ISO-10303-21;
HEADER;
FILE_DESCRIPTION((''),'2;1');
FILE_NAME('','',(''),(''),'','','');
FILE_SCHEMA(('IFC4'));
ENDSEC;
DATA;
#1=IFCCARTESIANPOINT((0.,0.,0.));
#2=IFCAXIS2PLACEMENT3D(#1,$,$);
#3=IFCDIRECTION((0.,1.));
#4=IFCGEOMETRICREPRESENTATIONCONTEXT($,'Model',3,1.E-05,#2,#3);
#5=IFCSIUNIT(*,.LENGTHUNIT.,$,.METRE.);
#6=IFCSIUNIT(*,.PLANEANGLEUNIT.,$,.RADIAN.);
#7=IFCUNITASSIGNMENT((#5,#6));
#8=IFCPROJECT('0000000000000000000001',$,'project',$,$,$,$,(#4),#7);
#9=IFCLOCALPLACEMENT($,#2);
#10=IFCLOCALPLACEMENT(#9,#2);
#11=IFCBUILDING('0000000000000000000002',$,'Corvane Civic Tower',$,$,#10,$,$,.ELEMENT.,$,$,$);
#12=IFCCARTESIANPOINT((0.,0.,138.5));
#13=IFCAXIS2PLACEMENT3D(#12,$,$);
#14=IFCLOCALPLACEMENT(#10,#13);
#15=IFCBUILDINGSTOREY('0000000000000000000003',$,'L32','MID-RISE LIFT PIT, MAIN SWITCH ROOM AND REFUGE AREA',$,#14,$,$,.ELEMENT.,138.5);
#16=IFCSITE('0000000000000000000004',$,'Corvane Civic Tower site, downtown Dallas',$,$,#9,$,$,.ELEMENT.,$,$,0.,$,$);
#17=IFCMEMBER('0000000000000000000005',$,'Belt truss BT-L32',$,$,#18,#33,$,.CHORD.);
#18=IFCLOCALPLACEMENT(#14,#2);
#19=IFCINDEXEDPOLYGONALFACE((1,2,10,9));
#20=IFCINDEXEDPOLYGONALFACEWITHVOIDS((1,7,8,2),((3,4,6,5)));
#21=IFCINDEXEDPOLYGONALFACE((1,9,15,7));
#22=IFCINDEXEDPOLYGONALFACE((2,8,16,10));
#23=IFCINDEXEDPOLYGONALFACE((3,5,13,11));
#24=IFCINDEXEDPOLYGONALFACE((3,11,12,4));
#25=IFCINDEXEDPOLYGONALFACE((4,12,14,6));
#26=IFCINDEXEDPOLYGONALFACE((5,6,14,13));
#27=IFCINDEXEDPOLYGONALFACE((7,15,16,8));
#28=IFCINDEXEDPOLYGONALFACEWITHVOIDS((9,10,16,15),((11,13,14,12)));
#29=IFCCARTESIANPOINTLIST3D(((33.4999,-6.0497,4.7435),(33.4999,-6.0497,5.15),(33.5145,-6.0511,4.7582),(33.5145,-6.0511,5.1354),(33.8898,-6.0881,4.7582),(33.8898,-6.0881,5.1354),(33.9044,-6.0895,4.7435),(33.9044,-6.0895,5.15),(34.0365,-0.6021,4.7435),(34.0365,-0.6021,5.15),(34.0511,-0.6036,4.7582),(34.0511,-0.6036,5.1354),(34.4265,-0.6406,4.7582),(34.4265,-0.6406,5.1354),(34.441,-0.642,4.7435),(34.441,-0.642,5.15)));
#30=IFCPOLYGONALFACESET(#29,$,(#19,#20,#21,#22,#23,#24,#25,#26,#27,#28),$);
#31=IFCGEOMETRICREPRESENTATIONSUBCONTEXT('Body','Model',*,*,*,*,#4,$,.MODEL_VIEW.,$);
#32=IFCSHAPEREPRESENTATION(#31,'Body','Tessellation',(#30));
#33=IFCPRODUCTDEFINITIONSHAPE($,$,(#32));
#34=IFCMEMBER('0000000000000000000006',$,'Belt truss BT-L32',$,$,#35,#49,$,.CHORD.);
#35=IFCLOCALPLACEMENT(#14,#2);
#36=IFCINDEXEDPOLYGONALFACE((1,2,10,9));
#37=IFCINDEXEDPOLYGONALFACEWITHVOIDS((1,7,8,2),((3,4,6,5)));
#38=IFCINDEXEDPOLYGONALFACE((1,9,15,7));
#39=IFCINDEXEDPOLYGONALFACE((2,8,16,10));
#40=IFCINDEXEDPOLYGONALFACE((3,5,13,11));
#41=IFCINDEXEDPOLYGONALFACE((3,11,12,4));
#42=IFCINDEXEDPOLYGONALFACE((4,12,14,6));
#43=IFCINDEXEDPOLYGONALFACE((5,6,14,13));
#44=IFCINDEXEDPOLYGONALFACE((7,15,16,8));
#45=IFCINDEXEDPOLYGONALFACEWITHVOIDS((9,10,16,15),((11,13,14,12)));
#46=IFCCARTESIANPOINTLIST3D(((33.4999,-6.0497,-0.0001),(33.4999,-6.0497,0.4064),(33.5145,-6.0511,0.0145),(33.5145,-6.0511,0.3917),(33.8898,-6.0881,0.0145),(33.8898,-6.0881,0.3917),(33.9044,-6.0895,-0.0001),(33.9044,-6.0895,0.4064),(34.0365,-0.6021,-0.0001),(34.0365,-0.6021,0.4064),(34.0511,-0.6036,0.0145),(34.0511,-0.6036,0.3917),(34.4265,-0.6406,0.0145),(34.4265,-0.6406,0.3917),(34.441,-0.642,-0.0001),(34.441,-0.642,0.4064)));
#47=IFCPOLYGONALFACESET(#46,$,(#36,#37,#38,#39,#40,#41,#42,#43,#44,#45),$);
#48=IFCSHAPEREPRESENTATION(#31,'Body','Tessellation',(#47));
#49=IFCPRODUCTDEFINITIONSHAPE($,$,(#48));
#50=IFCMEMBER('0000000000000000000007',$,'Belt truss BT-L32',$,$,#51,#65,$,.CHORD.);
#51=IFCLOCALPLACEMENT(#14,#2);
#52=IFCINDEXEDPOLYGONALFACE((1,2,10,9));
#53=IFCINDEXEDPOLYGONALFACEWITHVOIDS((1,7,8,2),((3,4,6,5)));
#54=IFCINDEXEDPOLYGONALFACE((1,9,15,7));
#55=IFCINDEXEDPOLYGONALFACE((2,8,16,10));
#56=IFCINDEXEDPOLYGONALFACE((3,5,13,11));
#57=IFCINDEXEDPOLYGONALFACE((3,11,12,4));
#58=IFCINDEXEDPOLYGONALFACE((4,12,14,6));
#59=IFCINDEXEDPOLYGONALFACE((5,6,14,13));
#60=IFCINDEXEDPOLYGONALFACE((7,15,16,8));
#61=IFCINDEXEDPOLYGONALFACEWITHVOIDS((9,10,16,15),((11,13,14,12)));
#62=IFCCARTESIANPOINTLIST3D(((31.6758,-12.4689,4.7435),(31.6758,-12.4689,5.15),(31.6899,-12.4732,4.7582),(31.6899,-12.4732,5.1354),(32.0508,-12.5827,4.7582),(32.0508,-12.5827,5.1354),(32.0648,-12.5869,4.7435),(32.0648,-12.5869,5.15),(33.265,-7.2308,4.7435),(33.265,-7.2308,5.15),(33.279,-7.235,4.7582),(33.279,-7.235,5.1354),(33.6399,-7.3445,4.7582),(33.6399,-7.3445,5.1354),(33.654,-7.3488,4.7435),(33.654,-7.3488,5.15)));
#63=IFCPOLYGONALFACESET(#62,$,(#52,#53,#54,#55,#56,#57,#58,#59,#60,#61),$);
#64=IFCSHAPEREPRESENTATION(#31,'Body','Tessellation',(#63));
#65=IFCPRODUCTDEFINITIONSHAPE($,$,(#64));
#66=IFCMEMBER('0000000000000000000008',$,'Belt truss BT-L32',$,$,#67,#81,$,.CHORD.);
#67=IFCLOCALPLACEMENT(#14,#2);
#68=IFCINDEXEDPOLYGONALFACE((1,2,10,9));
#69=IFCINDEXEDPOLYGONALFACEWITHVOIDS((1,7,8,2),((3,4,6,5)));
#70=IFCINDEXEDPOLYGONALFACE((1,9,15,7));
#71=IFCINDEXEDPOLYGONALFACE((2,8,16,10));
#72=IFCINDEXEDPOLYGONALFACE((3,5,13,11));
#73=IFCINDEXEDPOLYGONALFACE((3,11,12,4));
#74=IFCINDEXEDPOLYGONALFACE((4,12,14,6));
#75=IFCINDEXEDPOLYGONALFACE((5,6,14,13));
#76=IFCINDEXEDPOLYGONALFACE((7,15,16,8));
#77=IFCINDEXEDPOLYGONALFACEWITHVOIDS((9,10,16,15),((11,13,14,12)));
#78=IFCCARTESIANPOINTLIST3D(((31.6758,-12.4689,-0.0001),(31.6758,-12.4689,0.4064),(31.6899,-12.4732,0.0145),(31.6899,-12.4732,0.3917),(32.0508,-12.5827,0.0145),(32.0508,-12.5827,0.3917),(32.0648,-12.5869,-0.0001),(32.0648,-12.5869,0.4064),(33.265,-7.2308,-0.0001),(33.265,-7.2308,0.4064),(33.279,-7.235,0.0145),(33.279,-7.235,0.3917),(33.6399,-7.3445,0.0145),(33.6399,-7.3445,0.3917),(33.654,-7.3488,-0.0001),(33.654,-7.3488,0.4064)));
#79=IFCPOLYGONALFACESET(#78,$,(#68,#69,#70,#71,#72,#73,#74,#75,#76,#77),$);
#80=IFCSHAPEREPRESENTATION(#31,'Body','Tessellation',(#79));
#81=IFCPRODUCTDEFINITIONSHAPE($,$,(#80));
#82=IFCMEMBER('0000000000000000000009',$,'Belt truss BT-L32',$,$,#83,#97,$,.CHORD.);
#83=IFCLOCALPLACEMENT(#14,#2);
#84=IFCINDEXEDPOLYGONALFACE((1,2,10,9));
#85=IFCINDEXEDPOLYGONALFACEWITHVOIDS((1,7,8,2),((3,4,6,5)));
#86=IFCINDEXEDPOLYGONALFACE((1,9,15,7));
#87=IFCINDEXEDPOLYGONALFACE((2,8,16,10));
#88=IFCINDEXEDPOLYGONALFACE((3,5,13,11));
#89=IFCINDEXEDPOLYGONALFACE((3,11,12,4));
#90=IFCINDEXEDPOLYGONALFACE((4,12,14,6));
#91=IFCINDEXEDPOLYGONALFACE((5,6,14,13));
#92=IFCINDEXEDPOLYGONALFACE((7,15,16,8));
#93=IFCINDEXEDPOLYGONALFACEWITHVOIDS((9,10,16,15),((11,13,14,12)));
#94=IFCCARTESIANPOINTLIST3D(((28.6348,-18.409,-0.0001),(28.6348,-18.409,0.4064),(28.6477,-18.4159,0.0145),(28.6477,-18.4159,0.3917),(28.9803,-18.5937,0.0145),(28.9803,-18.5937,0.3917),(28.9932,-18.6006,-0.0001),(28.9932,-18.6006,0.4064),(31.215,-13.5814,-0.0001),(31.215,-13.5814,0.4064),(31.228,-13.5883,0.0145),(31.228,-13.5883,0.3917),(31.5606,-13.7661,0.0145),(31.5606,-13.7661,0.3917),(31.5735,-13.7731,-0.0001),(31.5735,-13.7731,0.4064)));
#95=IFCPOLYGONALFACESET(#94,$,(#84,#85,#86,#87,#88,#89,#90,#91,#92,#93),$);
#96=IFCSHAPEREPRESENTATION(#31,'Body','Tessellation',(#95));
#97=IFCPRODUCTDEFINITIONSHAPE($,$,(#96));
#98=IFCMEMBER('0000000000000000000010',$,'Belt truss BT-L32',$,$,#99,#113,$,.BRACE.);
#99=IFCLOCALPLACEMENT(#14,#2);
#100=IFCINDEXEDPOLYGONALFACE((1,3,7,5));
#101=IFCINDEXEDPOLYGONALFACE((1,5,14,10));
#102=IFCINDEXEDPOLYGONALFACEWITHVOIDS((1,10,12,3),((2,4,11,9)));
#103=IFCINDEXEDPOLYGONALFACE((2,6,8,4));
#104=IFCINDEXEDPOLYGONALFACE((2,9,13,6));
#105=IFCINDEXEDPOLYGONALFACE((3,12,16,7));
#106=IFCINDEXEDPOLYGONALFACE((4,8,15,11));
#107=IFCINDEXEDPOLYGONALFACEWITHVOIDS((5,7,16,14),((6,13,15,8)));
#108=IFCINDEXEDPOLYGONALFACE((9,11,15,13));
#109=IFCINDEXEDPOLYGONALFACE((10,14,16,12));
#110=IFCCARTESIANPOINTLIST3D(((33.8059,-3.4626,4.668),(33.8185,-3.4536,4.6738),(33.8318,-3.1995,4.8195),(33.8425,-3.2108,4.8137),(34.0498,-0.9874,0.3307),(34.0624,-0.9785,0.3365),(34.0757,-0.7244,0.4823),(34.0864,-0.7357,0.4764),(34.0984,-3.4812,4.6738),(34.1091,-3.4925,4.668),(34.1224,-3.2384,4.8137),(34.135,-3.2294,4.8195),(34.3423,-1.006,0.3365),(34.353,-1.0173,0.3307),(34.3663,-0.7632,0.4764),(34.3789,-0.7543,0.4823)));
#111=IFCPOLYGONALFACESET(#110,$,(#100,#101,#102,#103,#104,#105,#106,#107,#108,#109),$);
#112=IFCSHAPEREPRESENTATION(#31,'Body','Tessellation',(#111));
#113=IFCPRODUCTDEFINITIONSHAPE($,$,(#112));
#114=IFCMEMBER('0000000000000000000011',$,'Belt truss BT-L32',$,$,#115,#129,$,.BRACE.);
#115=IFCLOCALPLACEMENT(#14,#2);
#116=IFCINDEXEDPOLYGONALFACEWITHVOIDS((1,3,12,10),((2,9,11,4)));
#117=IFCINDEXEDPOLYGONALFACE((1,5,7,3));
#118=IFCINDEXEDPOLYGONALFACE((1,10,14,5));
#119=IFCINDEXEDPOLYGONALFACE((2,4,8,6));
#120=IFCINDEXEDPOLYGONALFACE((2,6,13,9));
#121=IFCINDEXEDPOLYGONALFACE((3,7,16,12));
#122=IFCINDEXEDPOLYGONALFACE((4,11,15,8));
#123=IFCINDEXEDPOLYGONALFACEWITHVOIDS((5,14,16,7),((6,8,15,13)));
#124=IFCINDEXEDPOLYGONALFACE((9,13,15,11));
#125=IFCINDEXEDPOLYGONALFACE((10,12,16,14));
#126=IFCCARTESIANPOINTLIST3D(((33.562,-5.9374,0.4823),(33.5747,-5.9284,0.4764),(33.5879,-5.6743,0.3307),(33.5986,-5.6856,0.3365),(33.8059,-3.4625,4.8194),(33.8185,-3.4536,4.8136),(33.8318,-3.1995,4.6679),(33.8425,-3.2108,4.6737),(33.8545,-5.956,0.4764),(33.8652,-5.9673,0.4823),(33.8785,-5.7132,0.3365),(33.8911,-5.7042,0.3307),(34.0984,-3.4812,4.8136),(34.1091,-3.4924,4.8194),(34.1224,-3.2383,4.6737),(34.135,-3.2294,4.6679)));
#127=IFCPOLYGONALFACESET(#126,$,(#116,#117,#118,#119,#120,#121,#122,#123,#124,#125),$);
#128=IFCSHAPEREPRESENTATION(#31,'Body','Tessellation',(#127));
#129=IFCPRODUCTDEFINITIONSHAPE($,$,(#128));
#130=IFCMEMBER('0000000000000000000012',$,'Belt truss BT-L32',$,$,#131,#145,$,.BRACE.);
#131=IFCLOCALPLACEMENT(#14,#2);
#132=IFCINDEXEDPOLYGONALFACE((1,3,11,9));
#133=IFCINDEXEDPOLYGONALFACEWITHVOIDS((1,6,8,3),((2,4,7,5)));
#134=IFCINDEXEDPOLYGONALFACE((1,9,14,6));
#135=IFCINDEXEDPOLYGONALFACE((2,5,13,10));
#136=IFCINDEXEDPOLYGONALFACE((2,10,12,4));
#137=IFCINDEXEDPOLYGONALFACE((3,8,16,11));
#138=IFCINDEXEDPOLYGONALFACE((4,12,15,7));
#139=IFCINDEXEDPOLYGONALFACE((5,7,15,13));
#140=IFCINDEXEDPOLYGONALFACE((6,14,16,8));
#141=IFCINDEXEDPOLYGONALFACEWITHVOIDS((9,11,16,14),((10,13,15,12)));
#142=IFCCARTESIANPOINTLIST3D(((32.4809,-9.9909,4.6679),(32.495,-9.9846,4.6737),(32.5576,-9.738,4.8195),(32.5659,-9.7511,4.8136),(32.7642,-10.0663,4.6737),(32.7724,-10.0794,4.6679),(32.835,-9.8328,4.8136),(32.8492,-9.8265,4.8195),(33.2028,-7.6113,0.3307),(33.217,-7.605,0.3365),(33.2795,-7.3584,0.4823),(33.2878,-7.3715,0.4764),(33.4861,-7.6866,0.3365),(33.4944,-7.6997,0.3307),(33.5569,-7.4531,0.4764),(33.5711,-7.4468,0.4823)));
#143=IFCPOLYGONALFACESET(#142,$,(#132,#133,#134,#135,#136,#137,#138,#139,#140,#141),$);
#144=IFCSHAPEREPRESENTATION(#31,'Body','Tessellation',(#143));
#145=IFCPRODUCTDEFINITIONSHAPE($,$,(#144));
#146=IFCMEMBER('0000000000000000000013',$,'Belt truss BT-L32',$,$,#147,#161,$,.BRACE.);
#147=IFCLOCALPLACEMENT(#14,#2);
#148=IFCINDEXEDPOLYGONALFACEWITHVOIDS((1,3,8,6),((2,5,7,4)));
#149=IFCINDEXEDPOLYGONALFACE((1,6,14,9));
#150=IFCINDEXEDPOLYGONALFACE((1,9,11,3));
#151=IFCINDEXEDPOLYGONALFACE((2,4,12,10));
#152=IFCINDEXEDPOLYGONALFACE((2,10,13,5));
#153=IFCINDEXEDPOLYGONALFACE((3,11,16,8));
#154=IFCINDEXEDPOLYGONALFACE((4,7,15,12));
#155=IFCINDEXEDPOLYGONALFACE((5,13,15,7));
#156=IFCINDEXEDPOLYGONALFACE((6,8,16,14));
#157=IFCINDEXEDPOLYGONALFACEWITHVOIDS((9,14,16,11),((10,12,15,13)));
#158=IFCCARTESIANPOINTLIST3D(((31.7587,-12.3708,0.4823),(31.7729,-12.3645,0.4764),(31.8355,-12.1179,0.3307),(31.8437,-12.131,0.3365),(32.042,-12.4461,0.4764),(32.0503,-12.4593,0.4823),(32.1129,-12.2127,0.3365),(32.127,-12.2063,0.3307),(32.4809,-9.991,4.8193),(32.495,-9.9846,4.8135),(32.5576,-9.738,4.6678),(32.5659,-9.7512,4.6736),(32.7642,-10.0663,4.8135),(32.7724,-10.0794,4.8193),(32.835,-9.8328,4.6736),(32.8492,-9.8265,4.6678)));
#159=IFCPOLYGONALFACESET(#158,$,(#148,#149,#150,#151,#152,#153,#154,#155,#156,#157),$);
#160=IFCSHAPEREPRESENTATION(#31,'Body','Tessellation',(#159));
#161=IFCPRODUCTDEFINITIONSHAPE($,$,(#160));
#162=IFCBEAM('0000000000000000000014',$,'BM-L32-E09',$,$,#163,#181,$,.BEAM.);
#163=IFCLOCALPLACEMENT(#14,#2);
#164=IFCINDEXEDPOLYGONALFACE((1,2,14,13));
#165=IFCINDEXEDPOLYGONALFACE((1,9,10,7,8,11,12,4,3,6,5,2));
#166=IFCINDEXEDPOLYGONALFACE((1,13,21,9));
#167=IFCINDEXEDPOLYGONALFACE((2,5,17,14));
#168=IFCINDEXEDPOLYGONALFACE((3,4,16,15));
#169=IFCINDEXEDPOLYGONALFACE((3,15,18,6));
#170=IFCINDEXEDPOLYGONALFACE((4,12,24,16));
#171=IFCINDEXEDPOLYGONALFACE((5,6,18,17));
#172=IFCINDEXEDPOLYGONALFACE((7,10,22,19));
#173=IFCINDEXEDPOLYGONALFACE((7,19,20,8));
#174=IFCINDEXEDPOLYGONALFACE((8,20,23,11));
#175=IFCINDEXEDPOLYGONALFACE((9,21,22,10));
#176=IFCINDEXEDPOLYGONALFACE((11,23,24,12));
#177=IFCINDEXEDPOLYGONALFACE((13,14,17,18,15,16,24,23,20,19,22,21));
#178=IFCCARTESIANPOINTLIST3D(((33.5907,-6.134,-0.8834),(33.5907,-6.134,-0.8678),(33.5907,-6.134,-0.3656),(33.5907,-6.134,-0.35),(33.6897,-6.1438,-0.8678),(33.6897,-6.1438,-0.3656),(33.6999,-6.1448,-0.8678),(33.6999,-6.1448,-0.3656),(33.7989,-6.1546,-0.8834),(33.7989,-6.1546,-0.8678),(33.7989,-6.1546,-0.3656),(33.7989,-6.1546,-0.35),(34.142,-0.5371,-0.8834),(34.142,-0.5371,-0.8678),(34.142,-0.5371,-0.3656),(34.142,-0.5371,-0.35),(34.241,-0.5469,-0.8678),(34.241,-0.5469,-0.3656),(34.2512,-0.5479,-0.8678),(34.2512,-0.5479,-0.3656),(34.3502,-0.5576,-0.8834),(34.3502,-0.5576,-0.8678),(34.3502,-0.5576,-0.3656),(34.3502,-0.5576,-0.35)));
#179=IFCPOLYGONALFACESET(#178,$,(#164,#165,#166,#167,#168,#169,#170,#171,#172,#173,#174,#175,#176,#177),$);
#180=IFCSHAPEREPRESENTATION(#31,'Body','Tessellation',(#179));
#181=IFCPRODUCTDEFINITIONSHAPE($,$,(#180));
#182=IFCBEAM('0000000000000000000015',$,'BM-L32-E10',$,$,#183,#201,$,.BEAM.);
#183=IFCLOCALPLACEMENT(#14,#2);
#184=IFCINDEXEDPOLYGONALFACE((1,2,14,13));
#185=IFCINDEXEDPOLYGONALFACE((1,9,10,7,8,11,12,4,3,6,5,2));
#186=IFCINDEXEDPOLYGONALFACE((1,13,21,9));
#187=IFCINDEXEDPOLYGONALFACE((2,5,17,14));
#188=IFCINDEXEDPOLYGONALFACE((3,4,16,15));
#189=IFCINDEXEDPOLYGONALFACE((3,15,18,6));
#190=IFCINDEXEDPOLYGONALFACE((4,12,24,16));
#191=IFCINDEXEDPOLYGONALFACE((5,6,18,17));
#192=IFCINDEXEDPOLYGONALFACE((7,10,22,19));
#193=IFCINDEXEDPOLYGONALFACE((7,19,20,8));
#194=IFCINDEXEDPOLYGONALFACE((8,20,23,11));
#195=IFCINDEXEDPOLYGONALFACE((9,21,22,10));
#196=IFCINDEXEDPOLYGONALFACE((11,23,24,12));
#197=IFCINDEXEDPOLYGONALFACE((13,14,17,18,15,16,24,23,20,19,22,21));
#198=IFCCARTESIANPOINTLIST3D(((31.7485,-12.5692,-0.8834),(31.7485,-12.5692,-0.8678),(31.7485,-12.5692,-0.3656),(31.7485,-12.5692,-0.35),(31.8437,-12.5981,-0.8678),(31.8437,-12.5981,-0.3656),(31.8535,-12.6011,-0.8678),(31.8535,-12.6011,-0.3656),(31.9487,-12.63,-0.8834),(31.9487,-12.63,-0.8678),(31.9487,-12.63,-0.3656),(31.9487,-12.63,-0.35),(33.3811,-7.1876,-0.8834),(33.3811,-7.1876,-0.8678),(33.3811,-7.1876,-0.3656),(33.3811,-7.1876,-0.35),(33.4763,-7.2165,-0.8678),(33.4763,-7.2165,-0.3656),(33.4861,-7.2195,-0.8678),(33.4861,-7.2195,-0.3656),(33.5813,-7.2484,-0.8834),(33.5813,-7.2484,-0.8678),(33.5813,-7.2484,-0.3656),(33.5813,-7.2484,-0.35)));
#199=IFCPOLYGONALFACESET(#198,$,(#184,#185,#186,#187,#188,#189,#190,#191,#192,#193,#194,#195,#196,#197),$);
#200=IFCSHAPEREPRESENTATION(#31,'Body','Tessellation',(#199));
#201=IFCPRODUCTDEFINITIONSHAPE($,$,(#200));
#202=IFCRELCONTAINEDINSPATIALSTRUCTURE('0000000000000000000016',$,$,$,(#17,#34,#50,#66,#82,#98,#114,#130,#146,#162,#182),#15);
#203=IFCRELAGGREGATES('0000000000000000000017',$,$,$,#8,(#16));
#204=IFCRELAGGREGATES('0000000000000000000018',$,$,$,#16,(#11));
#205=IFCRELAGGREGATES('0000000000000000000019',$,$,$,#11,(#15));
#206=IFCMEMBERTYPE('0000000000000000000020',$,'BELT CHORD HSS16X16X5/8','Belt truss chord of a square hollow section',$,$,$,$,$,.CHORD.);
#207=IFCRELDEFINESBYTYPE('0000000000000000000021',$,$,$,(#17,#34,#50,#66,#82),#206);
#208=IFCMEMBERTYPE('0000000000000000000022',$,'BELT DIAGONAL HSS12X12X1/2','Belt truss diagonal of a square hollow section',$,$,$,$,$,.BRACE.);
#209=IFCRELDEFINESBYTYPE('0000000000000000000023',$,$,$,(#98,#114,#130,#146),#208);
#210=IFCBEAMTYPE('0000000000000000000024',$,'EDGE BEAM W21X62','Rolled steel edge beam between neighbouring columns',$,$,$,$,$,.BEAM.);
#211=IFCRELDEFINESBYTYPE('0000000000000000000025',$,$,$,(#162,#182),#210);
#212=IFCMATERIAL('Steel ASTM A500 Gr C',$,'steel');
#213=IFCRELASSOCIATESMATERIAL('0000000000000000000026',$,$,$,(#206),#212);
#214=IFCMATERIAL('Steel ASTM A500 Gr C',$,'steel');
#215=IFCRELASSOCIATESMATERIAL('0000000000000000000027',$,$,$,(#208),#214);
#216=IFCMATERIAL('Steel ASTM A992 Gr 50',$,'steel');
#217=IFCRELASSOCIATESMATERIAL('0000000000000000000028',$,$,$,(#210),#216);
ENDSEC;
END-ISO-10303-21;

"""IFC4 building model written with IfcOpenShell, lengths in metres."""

from ifc_helpers import new_model, si_unit, direction, frame, origin, origin_2d, place, context, subcontext, project, spatial, hollow_rectangle, i_section, extrude, material, material_profile, profile_set, type_object, element, save


model = new_model("IFC4")

# Units and contexts
model_context = context("Model", 3, precision=1e-05, world=origin(), true_north=direction((0.0, 1.0)))
body_context = subcontext(model_context, "Body", "Model", "MODEL_VIEW")
ifc_project = project(units=[si_unit("LENGTHUNIT", "METRE"), si_unit("PLANEANGLEUNIT", "RADIAN")], contexts=[model_context])

# Site, building, storey
site_placement = place(None, origin())
site = spatial("IfcSite", under=ifc_project, at=site_placement, Name="Corvane Civic Tower site, downtown Dallas", CompositionType="ELEMENT", RefElevation=0.0)
building_placement = place(site_placement, origin())
building = spatial("IfcBuilding", under=site, at=building_placement, Name="Corvane Civic Tower", CompositionType="ELEMENT")
storey_placement = place(building_placement, frame((0.0, 0.0, 138.5)))
storey = spatial("IfcBuildingStorey", under=building, at=storey_placement, Name="L32", Description="MID-RISE LIFT PIT, MAIN SWITCH ROOM AND REFUGE AREA", CompositionType="ELEMENT", Elevation=138.5)

# Members
ifc_material_1 = material(Name="Steel ASTM A500 Gr C", Category="steel")
ifc_material_profile_1 = material_profile(ifc_material_1, hollow_rectangle(XDim=0.4065, YDim=0.4065, WallThickness=0.0146, at=origin_2d()), Name="HSS16X16X5/8")
ifc_profile_set_1 = profile_set([ifc_material_profile_1], Name="Steel ASTM A500 Gr C")
member_type_1 = type_object("IfcMemberType", Name="BELT CHORD HSS16X16X5/8", Description="Belt truss chord of a square hollow section", PredefinedType="CHORD", material=ifc_profile_set_1)
for number, where, z_axis, x_axis, name in (
    (1, (34.2388, -0.6221, 4.9468), (-0.098033, -0.995183, 0.0), (0.995183, -0.098033, 0.0), "Belt truss BT-L32"),
    (2, (34.2388, -0.6221, 0.2031), (-0.098033, -0.995183, 0.0), (0.995183, -0.098033, 0.0), "Belt truss BT-L32"),
    (3, (33.4595, -7.2898, 4.9468), (-0.290313, -0.956932, 0.0), (0.956932, -0.290313, 0.0), "Belt truss BT-L32"),
    (4, (33.4595, -7.2898, 0.2031), (-0.290313, -0.956932, 0.0), (0.956932, -0.290313, 0.0), "Belt truss BT-L32"),
    (5, (31.3943, -13.6772, 0.2031), (-0.471382, -0.881929, 0.0), (0.881929, -0.471382, 0.0), "Belt truss BT-L32"),
):
    element("IfcMember", number, at=place(storey_placement, frame(where, z_axis=z_axis, x_axis=x_axis)), inside=storey, type_object=member_type_1, Name=name, PredefinedType="CHORD", context=body_context, shape_type="SweptSolid", body=[
        extrude(hollow_rectangle(XDim=0.4065, YDim=0.4065, WallThickness=0.0146, at=origin_2d()), origin(), (0.0, 0.0, 1.0), 5.4739),
    ])
ifc_material_2 = material(Name="Steel ASTM A500 Gr C", Category="steel")
ifc_material_profile_2 = material_profile(ifc_material_2, hollow_rectangle(XDim=0.3047, YDim=0.3047, WallThickness=0.0117, at=origin_2d()), Name="HSS12X12X1/2")
ifc_profile_set_2 = profile_set([ifc_material_profile_2], Name="Steel ASTM A500 Gr C")
member_type_2 = type_object("IfcMemberType", Name="BELT DIAGONAL HSS12X12X1/2", Description="Belt truss diagonal of a square hollow section", PredefinedType="BRACE", material=ifc_profile_set_2)
member_1_placement = place(storey_placement, frame((34.2144, -0.8708, 0.4065), z_axis=(-0.048783, -0.495054, 0.867492), x_axis=(0.99518, -0.098065, 0.0)))
element("IfcMember", 6, at=member_1_placement, inside=storey, type_object=member_type_2, Name="Belt truss BT-L32", PredefinedType="BRACE", context=body_context, shape_type="SweptSolid", body=[
    extrude(hollow_rectangle(XDim=0.3047, YDim=0.3047, WallThickness=0.0117, at=origin_2d()), origin(), (0.0, 0.0, 1.0), 4.9998),
])
for number, where, z_axis, x_axis, name in (
    (7, (33.7266, -5.8208, 0.4065), (0.048784, 0.495017, 0.867513), (-0.995179, 0.098075, 0.0), "Belt truss BT-L32"),
    (8, (33.387, -7.5291, 0.4065), (-0.1444, -0.475977, 0.867522), (0.956933, -0.29031, 0.0), "Belt truss BT-L32"),
    (9, (31.9429, -12.2886, 0.4065), (0.144444, 0.476012, 0.867496), (-0.956914, 0.290372, 0.0), "Belt truss BT-L32"),
):
    element("IfcMember", number, at=place(storey_placement, frame(where, z_axis=z_axis, x_axis=x_axis)), inside=storey, type_object=member_type_2, Name=name, PredefinedType="BRACE", context=body_context, shape_type="SweptSolid", body=[
        extrude(hollow_rectangle(XDim=0.3047, YDim=0.3047, WallThickness=0.0117, at=origin_2d()), origin(), (0.0, 0.0, 1.0), 4.9995),
    ])

# Beams
ifc_material_3 = material(Name="Steel ASTM A992 Gr 50", Category="steel")
ifc_material_profile_3 = material_profile(ifc_material_3, i_section(OverallWidth=0.2092, OverallDepth=0.5334, WebThickness=0.0103, FlangeThickness=0.0156, at=origin_2d()), Name="W21X62")
ifc_profile_set_3 = profile_set([ifc_material_profile_3], Name="Steel ASTM A992 Gr 50")
beam_type = type_object("IfcBeamType", Name="EDGE BEAM W21X62", Description="Rolled steel edge beam between neighbouring columns", PredefinedType="BEAM", material=ifc_profile_set_3)
beam_1_placement = place(storey_placement, frame((34.2461, -0.5474, -0.6167), z_axis=(-0.098021, -0.995184, 0.0), x_axis=(0.995184, -0.098021, 0.0)))
element("IfcBeam", 10, at=beam_1_placement, inside=storey, type_object=beam_type, Name="BM-L32-E09", PredefinedType="BEAM", context=body_context, shape_type="SweptSolid", body=[
    extrude(i_section(OverallWidth=0.2092, OverallDepth=0.5334, WebThickness=0.0103, FlangeThickness=0.0156, at=origin_2d()), origin(), (0.0, 0.0, 1.0), 5.624),
])
beam_2_placement = place(storey_placement, frame((33.4812, -7.218, -0.6167), z_axis=(-0.290298, -0.956936, 0.0), x_axis=(0.956936, -0.290298, 0.0)))
element("IfcBeam", 11, at=beam_2_placement, inside=storey, type_object=beam_type, Name="BM-L32-E10", PredefinedType="BEAM", context=body_context, shape_type="SweptSolid", body=[
    extrude(i_section(OverallWidth=0.2092, OverallDepth=0.5334, WebThickness=0.0103, FlangeThickness=0.0156, at=origin_2d()), origin(), (0.0, 0.0, 1.0), 5.6238),
])

save(model, "model.ifc")
